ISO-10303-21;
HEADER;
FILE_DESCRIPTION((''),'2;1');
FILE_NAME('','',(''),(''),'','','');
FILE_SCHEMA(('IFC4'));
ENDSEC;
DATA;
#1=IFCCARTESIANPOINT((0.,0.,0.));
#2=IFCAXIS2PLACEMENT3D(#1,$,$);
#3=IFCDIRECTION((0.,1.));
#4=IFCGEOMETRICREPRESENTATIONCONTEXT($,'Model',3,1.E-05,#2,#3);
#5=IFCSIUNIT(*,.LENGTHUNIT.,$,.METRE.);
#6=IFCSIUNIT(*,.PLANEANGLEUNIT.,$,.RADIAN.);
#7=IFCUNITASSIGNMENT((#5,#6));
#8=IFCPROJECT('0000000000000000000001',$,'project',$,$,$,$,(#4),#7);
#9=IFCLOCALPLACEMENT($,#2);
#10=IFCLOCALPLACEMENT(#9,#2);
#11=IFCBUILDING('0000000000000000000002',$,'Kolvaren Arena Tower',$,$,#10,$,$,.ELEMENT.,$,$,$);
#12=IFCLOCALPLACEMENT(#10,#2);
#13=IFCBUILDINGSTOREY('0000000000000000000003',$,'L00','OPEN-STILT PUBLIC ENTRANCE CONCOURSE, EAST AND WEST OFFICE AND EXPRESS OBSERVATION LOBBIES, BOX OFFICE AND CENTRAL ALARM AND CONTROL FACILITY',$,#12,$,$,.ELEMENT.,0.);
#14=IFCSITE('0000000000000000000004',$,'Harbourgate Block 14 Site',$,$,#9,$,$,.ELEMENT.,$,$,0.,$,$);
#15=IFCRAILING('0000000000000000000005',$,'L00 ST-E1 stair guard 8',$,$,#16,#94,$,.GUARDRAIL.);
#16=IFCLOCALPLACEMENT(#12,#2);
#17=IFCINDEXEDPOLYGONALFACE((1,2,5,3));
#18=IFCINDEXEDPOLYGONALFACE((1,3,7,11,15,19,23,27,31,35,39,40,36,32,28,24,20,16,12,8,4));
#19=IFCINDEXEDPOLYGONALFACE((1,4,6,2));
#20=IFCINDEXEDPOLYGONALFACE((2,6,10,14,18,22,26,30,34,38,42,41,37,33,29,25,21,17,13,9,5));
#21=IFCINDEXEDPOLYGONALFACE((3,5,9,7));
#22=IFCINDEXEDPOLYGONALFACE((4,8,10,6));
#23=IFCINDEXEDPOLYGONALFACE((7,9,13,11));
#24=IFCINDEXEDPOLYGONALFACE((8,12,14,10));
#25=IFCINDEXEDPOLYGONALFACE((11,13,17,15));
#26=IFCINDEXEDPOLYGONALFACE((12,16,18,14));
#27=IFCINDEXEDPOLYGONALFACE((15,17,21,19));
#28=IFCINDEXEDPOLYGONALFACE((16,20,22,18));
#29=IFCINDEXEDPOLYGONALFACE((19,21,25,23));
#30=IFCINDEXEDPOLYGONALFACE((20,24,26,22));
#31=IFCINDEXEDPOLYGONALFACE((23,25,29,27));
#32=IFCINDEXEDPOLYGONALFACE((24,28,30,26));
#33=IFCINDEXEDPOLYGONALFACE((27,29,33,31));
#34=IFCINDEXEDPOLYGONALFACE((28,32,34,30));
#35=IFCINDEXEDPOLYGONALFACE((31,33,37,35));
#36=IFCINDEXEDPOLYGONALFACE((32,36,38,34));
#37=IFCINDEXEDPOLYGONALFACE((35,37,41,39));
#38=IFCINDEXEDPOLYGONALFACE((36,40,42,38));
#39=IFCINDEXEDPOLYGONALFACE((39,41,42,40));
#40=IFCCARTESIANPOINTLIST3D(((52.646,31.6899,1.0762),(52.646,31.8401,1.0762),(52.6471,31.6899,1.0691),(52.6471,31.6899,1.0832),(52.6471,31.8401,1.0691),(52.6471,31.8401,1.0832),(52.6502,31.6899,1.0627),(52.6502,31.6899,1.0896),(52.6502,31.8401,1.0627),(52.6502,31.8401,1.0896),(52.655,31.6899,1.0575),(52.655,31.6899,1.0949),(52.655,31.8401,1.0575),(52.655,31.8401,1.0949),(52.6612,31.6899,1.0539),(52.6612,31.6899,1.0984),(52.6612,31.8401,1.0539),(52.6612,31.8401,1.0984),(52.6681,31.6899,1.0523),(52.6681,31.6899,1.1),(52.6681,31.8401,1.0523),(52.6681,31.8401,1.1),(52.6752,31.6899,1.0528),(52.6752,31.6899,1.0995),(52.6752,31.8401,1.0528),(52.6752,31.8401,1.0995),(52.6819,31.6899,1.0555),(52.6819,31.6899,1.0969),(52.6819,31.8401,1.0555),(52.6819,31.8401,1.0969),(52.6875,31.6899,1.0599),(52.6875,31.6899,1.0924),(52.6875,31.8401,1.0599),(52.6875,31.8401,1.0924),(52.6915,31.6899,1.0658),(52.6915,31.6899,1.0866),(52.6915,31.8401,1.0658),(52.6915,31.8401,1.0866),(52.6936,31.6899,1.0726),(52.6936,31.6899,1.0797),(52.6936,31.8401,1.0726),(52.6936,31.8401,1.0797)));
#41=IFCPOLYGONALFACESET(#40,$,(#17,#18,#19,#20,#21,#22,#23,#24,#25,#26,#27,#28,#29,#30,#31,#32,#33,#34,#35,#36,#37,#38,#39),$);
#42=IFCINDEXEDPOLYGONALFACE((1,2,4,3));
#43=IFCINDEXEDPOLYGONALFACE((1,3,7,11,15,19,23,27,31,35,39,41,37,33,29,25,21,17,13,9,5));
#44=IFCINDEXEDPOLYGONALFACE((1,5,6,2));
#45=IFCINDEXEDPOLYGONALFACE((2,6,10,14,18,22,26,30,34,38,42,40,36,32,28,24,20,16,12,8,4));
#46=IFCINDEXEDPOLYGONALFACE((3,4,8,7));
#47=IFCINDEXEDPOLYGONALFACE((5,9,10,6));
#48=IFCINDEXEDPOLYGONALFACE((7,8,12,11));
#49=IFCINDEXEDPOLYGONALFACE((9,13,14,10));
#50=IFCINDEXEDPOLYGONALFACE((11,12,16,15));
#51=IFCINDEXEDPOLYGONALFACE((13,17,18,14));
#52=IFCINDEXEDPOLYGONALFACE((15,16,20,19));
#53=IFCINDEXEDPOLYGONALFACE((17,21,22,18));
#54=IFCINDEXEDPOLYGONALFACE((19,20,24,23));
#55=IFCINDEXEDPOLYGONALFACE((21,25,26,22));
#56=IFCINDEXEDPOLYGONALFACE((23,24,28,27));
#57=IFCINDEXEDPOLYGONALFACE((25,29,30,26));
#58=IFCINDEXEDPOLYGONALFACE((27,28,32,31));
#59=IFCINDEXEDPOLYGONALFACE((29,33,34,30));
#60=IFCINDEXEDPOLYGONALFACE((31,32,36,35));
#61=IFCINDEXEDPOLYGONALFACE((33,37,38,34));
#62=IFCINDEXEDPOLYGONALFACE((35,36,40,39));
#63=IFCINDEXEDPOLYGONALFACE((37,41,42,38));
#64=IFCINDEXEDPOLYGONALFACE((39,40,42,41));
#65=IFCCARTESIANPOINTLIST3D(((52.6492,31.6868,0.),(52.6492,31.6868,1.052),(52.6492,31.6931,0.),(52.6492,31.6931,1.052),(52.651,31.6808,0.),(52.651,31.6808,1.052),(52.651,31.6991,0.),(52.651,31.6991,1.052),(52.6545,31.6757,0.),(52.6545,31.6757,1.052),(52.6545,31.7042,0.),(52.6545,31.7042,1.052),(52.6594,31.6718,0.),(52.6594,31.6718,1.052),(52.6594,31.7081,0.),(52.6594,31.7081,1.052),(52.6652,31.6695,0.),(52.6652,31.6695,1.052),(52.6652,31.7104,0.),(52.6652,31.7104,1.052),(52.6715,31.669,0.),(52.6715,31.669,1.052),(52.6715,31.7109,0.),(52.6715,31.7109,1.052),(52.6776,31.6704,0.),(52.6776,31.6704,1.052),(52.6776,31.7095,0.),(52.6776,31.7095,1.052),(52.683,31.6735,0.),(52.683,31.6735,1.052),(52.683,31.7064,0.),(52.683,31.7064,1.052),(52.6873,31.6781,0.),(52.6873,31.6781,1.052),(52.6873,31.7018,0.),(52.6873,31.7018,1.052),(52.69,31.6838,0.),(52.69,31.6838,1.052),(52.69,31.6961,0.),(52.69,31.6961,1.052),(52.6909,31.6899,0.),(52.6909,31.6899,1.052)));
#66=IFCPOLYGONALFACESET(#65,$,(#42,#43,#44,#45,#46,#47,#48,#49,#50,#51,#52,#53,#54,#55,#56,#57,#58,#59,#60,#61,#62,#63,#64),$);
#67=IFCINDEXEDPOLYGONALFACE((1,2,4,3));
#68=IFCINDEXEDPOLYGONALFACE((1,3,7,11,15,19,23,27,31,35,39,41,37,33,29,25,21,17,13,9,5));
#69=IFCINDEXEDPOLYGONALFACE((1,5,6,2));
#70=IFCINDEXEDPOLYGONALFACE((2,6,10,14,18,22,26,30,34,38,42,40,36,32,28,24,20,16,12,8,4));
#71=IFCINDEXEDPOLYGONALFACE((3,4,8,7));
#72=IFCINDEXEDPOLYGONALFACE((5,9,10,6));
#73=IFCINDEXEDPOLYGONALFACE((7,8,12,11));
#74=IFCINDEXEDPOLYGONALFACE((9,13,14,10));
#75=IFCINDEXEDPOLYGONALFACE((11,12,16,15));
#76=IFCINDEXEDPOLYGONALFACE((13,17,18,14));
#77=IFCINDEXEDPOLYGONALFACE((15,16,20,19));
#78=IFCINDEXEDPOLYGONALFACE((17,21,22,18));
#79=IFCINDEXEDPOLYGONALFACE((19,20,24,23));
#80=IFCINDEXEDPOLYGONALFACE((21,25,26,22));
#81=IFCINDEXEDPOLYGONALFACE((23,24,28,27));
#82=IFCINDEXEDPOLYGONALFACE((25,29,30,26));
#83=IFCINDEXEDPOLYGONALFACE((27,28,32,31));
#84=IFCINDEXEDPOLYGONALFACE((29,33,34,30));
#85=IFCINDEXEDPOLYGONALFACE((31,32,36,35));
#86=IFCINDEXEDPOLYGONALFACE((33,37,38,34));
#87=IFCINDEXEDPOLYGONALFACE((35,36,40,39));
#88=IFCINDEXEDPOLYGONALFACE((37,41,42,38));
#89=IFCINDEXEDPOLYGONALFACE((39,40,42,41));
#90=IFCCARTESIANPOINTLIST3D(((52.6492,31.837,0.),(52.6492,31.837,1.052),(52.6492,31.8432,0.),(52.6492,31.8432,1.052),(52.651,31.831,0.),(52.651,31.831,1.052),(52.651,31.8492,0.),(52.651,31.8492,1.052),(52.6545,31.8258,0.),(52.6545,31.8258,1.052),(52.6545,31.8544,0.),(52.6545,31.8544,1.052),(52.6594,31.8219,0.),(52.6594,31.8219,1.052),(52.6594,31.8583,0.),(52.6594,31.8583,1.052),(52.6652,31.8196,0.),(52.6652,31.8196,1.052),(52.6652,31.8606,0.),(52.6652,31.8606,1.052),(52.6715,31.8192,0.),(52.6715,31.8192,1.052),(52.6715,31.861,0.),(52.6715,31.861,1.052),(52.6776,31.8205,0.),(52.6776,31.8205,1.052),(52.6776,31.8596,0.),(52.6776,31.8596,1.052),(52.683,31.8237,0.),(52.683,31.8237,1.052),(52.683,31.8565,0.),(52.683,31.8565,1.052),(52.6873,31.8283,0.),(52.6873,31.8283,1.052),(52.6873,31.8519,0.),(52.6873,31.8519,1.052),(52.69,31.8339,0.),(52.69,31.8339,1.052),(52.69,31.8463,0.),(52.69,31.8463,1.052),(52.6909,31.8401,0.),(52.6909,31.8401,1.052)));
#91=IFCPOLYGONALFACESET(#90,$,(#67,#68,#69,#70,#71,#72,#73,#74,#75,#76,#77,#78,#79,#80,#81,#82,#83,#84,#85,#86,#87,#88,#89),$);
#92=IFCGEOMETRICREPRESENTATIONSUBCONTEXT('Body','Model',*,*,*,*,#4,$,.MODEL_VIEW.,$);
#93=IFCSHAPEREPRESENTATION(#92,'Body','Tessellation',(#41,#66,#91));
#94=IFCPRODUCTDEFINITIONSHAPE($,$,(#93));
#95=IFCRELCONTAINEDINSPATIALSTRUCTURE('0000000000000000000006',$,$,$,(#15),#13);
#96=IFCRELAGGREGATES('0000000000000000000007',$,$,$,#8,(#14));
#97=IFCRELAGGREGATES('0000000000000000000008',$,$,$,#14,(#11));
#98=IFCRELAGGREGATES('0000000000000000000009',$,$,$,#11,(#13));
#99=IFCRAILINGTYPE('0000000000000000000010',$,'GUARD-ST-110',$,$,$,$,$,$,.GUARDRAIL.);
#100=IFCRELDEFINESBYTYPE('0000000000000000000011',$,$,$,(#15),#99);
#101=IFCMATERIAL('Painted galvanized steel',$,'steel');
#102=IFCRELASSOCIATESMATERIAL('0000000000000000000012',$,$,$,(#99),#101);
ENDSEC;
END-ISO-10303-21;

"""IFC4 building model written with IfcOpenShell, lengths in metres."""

from ifc_helpers import new_model, si_unit, direction, frame, origin, origin_2d, place, context, subcontext, project, spatial, circle, extrude, material, type_object, element, save


model = new_model("IFC4")

# Units and contexts
model_context = context("Model", 3, precision=1e-05, world=origin(), true_north=direction((0.0, 1.0)))
body_context = subcontext(model_context, "Body", "Model", "MODEL_VIEW")
ifc_project = project(units=[si_unit("LENGTHUNIT", "METRE"), si_unit("PLANEANGLEUNIT", "RADIAN")], contexts=[model_context])

# Site, building, storey
site_placement = place(None, origin())
site = spatial("IfcSite", under=ifc_project, at=site_placement, Name="Harbourgate Block 14 Site", CompositionType="ELEMENT", RefElevation=0.0)
building_placement = place(site_placement, origin())
building = spatial("IfcBuilding", under=site, at=building_placement, Name="Kolvaren Arena Tower", CompositionType="ELEMENT")
storey_placement = place(building_placement, origin())
storey = spatial("IfcBuildingStorey", under=building, at=storey_placement, Name="L00", Description="OPEN-STILT PUBLIC ENTRANCE CONCOURSE, EAST AND WEST OFFICE AND EXPRESS OBSERVATION LOBBIES, BOX OFFICE AND CENTRAL ALARM AND CONTROL FACILITY", CompositionType="ELEMENT", Elevation=0.0)

# Railing
ifc_material_1 = material(Name="Painted galvanized steel", Category="steel")
railing_type_1 = type_object("IfcRailingType", Name="GUARD-ST-110", PredefinedType="GUARDRAIL", material=ifc_material_1)
railing_1_placement = place(storey_placement, frame((52.6699, 31.6899, 0.0)))
element("IfcRailing", 1, at=railing_1_placement, inside=storey, type_object=railing_type_1, Name="L00 ST-E1 stair guard 8", PredefinedType="GUARDRAIL", context=body_context, shape_type="SweptSolid", body=[
    extrude(circle(Radius=0.0239, at=origin_2d()), frame((0.0, 0.0, 1.0762), z_axis=(0.0, 1.0, 0.0), x_axis=(-1.0, 0.0, 0.0)), (0.0, 0.0, 1.0), 0.1501),
    extrude(circle(Radius=0.021, at=origin_2d()), origin(), (0.0, 0.0, 1.0), 1.052),
    extrude(circle(Radius=0.021, at=origin_2d()), frame((0.0, 0.1501, 0.0)), (0.0, 0.0, 1.0), 1.052),
])

save(model, "model.ifc")
